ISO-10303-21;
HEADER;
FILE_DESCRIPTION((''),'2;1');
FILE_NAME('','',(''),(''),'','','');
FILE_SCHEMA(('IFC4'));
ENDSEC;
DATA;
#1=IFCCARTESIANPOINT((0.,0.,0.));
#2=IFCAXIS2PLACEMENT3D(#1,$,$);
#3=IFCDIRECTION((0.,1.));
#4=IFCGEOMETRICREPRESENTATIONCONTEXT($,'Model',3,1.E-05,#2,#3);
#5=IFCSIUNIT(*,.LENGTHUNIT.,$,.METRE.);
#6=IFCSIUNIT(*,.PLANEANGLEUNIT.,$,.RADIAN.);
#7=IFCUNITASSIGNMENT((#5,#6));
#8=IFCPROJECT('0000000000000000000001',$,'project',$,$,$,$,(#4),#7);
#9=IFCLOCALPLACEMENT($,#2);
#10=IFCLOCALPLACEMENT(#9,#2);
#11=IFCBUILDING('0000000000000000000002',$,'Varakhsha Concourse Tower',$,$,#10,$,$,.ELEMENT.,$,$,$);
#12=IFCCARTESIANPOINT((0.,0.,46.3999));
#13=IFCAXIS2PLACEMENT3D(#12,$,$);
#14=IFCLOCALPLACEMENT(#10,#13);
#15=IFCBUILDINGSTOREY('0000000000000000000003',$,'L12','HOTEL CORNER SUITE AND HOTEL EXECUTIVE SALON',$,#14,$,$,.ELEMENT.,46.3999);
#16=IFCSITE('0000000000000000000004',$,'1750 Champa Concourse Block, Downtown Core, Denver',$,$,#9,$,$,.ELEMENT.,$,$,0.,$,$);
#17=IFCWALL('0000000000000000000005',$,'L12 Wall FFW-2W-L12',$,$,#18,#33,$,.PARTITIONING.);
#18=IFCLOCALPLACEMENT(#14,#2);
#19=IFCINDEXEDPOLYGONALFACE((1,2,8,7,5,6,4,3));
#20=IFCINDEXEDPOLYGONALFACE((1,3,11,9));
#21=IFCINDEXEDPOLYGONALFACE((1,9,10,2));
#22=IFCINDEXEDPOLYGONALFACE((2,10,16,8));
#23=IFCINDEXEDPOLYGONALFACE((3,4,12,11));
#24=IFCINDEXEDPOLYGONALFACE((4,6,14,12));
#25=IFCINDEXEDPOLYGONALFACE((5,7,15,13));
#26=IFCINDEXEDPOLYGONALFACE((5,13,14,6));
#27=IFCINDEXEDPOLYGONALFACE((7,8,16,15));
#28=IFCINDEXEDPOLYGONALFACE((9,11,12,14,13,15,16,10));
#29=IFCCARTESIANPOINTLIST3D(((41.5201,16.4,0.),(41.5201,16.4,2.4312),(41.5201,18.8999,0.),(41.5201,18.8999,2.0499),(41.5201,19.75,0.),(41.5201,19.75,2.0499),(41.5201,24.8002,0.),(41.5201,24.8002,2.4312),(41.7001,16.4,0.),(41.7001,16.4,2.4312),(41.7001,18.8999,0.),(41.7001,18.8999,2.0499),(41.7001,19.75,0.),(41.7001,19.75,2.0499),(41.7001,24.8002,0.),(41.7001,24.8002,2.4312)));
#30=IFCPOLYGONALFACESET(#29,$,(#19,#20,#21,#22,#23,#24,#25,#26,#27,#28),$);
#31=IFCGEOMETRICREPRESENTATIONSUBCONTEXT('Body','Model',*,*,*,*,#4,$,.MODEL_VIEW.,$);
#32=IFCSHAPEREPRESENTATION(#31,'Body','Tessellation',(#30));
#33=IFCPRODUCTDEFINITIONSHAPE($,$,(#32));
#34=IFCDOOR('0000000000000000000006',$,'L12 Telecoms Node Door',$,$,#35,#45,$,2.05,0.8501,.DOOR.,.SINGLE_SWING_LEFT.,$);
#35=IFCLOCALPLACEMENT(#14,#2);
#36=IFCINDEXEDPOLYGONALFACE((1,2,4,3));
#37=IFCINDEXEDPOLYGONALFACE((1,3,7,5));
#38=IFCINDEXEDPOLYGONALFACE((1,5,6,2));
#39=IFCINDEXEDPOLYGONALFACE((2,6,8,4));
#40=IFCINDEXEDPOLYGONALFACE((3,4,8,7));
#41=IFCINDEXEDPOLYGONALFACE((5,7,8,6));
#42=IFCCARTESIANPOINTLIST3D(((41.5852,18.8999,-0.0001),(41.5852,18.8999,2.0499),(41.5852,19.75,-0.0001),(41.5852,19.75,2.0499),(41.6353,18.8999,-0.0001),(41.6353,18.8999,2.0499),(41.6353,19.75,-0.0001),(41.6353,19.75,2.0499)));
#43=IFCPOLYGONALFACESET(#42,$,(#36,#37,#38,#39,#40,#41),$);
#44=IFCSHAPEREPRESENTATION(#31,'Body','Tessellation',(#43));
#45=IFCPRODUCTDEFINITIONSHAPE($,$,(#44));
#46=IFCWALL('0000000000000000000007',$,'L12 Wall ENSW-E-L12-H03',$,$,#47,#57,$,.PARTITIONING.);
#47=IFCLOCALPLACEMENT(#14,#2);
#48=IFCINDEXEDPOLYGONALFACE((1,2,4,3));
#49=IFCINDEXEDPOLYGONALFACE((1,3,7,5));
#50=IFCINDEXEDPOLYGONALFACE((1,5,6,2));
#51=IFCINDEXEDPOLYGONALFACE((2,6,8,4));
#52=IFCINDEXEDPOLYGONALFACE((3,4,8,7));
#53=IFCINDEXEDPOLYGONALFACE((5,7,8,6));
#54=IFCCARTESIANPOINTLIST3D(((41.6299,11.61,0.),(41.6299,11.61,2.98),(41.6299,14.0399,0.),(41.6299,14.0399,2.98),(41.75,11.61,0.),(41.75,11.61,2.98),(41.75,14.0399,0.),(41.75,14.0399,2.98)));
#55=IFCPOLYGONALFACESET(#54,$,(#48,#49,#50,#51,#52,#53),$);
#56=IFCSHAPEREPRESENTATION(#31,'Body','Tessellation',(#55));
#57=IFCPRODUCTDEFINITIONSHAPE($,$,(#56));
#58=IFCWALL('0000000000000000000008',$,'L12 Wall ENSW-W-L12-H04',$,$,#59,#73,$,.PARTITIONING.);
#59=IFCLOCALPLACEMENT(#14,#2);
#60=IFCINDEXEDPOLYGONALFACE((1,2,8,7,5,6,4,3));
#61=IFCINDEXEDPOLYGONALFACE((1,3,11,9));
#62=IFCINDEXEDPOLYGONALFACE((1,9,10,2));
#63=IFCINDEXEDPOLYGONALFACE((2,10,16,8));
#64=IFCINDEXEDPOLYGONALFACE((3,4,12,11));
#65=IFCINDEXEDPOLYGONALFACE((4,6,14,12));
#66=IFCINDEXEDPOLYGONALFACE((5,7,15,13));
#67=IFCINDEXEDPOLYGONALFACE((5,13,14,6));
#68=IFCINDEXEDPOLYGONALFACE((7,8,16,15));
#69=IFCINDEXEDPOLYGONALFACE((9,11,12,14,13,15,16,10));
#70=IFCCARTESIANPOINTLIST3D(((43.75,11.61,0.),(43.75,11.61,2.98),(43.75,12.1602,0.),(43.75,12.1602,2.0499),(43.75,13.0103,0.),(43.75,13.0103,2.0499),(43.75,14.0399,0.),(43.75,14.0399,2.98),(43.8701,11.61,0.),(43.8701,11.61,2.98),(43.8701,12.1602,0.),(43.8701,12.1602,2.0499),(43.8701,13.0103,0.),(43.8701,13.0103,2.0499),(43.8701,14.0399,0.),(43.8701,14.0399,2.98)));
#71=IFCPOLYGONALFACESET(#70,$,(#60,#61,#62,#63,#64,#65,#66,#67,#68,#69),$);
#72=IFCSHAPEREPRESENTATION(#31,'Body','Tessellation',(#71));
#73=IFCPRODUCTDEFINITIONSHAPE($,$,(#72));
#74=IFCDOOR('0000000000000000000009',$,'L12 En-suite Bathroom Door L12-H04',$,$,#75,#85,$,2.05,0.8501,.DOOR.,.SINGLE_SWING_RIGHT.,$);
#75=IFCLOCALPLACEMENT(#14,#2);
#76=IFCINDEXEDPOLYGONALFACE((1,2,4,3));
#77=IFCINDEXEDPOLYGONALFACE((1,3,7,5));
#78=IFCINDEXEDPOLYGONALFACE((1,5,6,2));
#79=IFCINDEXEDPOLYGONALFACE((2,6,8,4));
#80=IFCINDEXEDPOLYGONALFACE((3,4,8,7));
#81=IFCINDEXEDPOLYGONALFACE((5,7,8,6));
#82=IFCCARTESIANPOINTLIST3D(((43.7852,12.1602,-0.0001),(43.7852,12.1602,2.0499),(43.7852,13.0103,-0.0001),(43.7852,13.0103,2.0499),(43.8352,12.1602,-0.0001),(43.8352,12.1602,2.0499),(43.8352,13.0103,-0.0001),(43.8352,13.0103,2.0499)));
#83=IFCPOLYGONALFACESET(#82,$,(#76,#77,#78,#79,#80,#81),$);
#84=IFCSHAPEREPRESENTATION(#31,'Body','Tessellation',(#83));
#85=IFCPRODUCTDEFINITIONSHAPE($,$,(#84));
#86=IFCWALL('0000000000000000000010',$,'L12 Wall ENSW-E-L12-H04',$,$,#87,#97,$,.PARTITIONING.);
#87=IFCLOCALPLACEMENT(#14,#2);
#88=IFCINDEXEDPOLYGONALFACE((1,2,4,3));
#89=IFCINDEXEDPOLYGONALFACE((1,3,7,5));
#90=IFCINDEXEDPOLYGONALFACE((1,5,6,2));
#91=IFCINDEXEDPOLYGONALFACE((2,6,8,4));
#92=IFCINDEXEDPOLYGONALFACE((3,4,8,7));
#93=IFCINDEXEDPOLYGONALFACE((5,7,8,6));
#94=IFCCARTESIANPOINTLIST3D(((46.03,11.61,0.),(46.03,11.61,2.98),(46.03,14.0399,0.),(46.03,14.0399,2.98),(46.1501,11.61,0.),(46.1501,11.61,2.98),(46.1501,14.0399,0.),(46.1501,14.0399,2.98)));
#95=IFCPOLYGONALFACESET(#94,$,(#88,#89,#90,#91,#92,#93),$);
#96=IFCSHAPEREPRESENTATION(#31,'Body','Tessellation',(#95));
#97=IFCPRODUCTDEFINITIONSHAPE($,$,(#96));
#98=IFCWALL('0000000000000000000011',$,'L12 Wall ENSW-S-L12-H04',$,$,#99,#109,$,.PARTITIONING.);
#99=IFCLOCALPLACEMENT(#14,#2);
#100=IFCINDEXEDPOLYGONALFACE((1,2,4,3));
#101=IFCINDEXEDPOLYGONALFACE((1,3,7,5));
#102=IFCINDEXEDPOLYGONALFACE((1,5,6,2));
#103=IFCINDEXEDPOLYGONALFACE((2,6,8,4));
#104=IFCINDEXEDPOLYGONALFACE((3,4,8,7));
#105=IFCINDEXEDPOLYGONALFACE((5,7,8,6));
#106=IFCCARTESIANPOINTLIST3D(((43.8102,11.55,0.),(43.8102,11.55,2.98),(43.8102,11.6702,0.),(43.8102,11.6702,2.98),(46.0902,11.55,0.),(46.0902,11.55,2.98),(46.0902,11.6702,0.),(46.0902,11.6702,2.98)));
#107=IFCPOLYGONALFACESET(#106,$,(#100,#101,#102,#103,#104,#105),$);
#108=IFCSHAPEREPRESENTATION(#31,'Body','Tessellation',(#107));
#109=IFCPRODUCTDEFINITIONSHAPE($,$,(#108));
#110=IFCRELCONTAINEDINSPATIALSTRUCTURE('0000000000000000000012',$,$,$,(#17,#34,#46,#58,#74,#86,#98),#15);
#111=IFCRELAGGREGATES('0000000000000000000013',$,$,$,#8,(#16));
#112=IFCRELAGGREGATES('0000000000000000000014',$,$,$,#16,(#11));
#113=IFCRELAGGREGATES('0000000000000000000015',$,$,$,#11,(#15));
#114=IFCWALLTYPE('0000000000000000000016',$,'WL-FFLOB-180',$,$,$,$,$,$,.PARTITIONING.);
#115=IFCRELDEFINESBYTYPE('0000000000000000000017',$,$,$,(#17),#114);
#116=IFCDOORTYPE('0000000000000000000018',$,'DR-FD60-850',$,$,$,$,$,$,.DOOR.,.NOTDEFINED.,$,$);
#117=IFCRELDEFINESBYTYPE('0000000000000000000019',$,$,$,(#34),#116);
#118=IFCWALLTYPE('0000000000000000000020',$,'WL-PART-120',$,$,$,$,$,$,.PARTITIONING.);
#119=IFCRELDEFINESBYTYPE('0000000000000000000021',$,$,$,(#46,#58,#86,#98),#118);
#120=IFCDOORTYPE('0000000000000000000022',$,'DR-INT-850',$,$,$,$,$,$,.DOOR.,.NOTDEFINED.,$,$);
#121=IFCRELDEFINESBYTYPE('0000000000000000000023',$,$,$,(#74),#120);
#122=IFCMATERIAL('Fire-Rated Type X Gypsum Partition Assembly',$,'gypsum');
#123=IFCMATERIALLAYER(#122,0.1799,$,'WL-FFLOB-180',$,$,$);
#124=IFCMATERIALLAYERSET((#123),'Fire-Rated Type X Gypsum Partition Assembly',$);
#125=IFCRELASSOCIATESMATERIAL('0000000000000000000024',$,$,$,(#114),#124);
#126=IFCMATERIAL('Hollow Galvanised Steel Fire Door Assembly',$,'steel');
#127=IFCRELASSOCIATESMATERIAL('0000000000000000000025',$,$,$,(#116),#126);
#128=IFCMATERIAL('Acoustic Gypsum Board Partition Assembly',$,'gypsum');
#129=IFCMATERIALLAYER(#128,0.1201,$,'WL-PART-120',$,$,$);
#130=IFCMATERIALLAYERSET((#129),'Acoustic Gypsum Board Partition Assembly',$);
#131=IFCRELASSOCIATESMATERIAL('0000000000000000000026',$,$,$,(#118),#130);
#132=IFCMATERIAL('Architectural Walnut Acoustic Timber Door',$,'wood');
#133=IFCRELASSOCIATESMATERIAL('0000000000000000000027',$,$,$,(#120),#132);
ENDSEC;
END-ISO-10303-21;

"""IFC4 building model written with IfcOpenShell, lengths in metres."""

from ifc_helpers import new_model, si_unit, direction, frame, frame_2d, origin, place, context, subcontext, project, spatial, rectangle, extrude, material, layer, layer_set, type_object, element, fill, save


model = new_model("IFC4")

# Units and contexts
model_context = context("Model", 3, precision=1e-05, world=origin(), true_north=direction((0.0, 1.0)))
body_context = subcontext(model_context, "Body", "Model", "MODEL_VIEW")
ifc_project = project(units=[si_unit("LENGTHUNIT", "METRE"), si_unit("PLANEANGLEUNIT", "RADIAN")], contexts=[model_context])

# Site, building, storey
site_placement = place(None, origin())
site = spatial("IfcSite", under=ifc_project, at=site_placement, Name="1750 Champa Concourse Block, Downtown Core, Denver", CompositionType="ELEMENT", RefElevation=0.0)
building_placement = place(site_placement, origin())
building = spatial("IfcBuilding", under=site, at=building_placement, Name="Varakhsha Concourse Tower", CompositionType="ELEMENT")
storey_placement = place(building_placement, frame((0.0, 0.0, 46.3999)))
storey = spatial("IfcBuildingStorey", under=building, at=storey_placement, Name="L12", Description="HOTEL CORNER SUITE AND HOTEL EXECUTIVE SALON", CompositionType="ELEMENT", Elevation=46.3999)

# Wall, opening, door
ifc_material_1 = material(Name="Fire-Rated Type X Gypsum Partition Assembly", Category="gypsum")
ifc_layer_1 = layer(ifc_material_1, 0.1799, Name="WL-FFLOB-180")
ifc_layer_set_1 = layer_set([ifc_layer_1], Name="Fire-Rated Type X Gypsum Partition Assembly")
wall_type_1 = type_object("IfcWallType", Name="WL-FFLOB-180", PredefinedType="PARTITIONING", material=ifc_layer_set_1)
wall_1_placement = place(storey_placement, frame((41.6101, 16.3999, 0.0), z_axis=(0.0, 0.0, 1.0), x_axis=(0.0, 1.0, 0.0)))
wall_1 = element("IfcWall", 1, at=wall_1_placement, inside=storey, type_object=wall_type_1, Name="L12 Wall FFW-2W-L12", PredefinedType="PARTITIONING", context=body_context, shape_type="SweptSolid", body=[
    extrude(rectangle(XDim=8.4001, YDim=0.1799, at=frame_2d((4.2002, 0.0))), origin(), (0.0, 0.0, 1.0), 2.4312),
])
opening_1_placement = place(wall_1_placement, frame((2.5, 0.0, 0.0)))
opening_1 = element("IfcOpeningElement", 2, at=opening_1_placement, cuts=wall_1, PredefinedType="OPENING", context=body_context, shape_type="SweptSolid", body=[
    extrude(rectangle(XDim=0.8501, YDim=2.05, at=frame_2d((0.425, 1.0249))), frame((0.0, 0.0999, 0.0), z_axis=(0.0, -1.0, 0.0), x_axis=(1.0, 0.0, 0.0)), (0.0, 0.0, 1.0), 0.2),
])
ifc_material_2 = material(Name="Hollow Galvanised Steel Fire Door Assembly", Category="steel")
door_type_1 = type_object("IfcDoorType", Name="DR-FD60-850", OperationType="NOTDEFINED", PredefinedType="DOOR", material=ifc_material_2)
door_1_placement = place(opening_1_placement, origin())
door_1 = element("IfcDoor", 3, at=door_1_placement, inside=storey, type_object=door_type_1, Name="L12 Telecoms Node Door", OperationType="SINGLE_SWING_LEFT", OverallHeight=2.05, OverallWidth=0.8501, PredefinedType="DOOR", context=body_context, shape_type="SweptSolid", body=[
    extrude(rectangle(XDim=0.8501, YDim=2.05, at=frame_2d((0.425, 1.0249))), frame((0.0, 0.0249, 0.0), z_axis=(0.0, -1.0, 0.0), x_axis=(1.0, 0.0, 0.0)), (0.0, 0.0, 1.0), 0.05),
])
fill(opening_1, door_1)

# Wall
ifc_material_3 = material(Name="Acoustic Gypsum Board Partition Assembly", Category="gypsum")
ifc_layer_2 = layer(ifc_material_3, 0.1201, Name="WL-PART-120")
ifc_layer_set_2 = layer_set([ifc_layer_2], Name="Acoustic Gypsum Board Partition Assembly")
wall_type_2 = type_object("IfcWallType", Name="WL-PART-120", PredefinedType="PARTITIONING", material=ifc_layer_set_2)
wall_2_placement = place(storey_placement, frame((41.6899, 11.6101, 0.0), z_axis=(0.0, 0.0, 1.0), x_axis=(0.0, 1.0, 0.0)))
element("IfcWall", 4, at=wall_2_placement, inside=storey, type_object=wall_type_2, Name="L12 Wall ENSW-E-L12-H03", PredefinedType="PARTITIONING", context=body_context, shape_type="SweptSolid", body=[
    extrude(rectangle(XDim=2.4299, YDim=0.1201, at=frame_2d((1.2148, 0.0))), origin(), (0.0, 0.0, 1.0), 2.98),
])

# Wall, opening, door
wall_3_placement = place(storey_placement, frame((43.8101, 11.6101, 0.0), z_axis=(0.0, 0.0, 1.0), x_axis=(0.0, 1.0, 0.0)))
wall_3 = element("IfcWall", 5, at=wall_3_placement, inside=storey, type_object=wall_type_2, Name="L12 Wall ENSW-W-L12-H04", PredefinedType="PARTITIONING", context=body_context, shape_type="SweptSolid", body=[
    extrude(rectangle(XDim=2.4299, YDim=0.1201, at=frame_2d((1.2148, 0.0))), origin(), (0.0, 0.0, 1.0), 2.98),
])
opening_2_placement = place(wall_3_placement, frame((0.55, 0.0, 0.0)))
opening_2 = element("IfcOpeningElement", 6, at=opening_2_placement, cuts=wall_3, PredefinedType="OPENING", context=body_context, shape_type="SweptSolid", body=[
    extrude(rectangle(XDim=0.8501, YDim=2.05, at=frame_2d((0.425, 1.0249))), frame((0.0, 0.0701, 0.0), z_axis=(0.0, -1.0, 0.0), x_axis=(1.0, 0.0, 0.0)), (0.0, 0.0, 1.0), 0.1401),
])
ifc_material_4 = material(Name="Architectural Walnut Acoustic Timber Door", Category="wood")
door_type_2 = type_object("IfcDoorType", Name="DR-INT-850", OperationType="NOTDEFINED", PredefinedType="DOOR", material=ifc_material_4)
door_2_placement = place(opening_2_placement, origin())
door_2 = element("IfcDoor", 7, at=door_2_placement, inside=storey, type_object=door_type_2, Name="L12 En-suite Bathroom Door L12-H04", OperationType="SINGLE_SWING_RIGHT", OverallHeight=2.05, OverallWidth=0.8501, PredefinedType="DOOR", context=body_context, shape_type="SweptSolid", body=[
    extrude(rectangle(XDim=0.8501, YDim=2.05, at=frame_2d((0.425, 1.0249))), frame((0.0, 0.0249, 0.0), z_axis=(0.0, -1.0, 0.0), x_axis=(1.0, 0.0, 0.0)), (0.0, 0.0, 1.0), 0.05),
])
fill(opening_2, door_2)

# Walls
wall_4_placement = place(storey_placement, frame((46.0901, 11.6101, 0.0), z_axis=(0.0, 0.0, 1.0), x_axis=(0.0, 1.0, 0.0)))
element("IfcWall", 8, at=wall_4_placement, inside=storey, type_object=wall_type_2, Name="L12 Wall ENSW-E-L12-H04", PredefinedType="PARTITIONING", context=body_context, shape_type="SweptSolid", body=[
    extrude(rectangle(XDim=2.4299, YDim=0.1201, at=frame_2d((1.2148, 0.0))), origin(), (0.0, 0.0, 1.0), 2.98),
])
wall_5_placement = place(storey_placement, frame((43.8101, 11.6101, 0.0), z_axis=(0.0, 0.0, 1.0), x_axis=(1.0, 0.0, 0.0)))
element("IfcWall", 9, at=wall_5_placement, inside=storey, type_object=wall_type_2, Name="L12 Wall ENSW-S-L12-H04", PredefinedType="PARTITIONING", context=body_context, shape_type="SweptSolid", body=[
    extrude(rectangle(XDim=2.28, YDim=0.1201, at=frame_2d((1.1401, 0.0))), origin(), (0.0, 0.0, 1.0), 2.98),
])

save(model, "model.ifc")
